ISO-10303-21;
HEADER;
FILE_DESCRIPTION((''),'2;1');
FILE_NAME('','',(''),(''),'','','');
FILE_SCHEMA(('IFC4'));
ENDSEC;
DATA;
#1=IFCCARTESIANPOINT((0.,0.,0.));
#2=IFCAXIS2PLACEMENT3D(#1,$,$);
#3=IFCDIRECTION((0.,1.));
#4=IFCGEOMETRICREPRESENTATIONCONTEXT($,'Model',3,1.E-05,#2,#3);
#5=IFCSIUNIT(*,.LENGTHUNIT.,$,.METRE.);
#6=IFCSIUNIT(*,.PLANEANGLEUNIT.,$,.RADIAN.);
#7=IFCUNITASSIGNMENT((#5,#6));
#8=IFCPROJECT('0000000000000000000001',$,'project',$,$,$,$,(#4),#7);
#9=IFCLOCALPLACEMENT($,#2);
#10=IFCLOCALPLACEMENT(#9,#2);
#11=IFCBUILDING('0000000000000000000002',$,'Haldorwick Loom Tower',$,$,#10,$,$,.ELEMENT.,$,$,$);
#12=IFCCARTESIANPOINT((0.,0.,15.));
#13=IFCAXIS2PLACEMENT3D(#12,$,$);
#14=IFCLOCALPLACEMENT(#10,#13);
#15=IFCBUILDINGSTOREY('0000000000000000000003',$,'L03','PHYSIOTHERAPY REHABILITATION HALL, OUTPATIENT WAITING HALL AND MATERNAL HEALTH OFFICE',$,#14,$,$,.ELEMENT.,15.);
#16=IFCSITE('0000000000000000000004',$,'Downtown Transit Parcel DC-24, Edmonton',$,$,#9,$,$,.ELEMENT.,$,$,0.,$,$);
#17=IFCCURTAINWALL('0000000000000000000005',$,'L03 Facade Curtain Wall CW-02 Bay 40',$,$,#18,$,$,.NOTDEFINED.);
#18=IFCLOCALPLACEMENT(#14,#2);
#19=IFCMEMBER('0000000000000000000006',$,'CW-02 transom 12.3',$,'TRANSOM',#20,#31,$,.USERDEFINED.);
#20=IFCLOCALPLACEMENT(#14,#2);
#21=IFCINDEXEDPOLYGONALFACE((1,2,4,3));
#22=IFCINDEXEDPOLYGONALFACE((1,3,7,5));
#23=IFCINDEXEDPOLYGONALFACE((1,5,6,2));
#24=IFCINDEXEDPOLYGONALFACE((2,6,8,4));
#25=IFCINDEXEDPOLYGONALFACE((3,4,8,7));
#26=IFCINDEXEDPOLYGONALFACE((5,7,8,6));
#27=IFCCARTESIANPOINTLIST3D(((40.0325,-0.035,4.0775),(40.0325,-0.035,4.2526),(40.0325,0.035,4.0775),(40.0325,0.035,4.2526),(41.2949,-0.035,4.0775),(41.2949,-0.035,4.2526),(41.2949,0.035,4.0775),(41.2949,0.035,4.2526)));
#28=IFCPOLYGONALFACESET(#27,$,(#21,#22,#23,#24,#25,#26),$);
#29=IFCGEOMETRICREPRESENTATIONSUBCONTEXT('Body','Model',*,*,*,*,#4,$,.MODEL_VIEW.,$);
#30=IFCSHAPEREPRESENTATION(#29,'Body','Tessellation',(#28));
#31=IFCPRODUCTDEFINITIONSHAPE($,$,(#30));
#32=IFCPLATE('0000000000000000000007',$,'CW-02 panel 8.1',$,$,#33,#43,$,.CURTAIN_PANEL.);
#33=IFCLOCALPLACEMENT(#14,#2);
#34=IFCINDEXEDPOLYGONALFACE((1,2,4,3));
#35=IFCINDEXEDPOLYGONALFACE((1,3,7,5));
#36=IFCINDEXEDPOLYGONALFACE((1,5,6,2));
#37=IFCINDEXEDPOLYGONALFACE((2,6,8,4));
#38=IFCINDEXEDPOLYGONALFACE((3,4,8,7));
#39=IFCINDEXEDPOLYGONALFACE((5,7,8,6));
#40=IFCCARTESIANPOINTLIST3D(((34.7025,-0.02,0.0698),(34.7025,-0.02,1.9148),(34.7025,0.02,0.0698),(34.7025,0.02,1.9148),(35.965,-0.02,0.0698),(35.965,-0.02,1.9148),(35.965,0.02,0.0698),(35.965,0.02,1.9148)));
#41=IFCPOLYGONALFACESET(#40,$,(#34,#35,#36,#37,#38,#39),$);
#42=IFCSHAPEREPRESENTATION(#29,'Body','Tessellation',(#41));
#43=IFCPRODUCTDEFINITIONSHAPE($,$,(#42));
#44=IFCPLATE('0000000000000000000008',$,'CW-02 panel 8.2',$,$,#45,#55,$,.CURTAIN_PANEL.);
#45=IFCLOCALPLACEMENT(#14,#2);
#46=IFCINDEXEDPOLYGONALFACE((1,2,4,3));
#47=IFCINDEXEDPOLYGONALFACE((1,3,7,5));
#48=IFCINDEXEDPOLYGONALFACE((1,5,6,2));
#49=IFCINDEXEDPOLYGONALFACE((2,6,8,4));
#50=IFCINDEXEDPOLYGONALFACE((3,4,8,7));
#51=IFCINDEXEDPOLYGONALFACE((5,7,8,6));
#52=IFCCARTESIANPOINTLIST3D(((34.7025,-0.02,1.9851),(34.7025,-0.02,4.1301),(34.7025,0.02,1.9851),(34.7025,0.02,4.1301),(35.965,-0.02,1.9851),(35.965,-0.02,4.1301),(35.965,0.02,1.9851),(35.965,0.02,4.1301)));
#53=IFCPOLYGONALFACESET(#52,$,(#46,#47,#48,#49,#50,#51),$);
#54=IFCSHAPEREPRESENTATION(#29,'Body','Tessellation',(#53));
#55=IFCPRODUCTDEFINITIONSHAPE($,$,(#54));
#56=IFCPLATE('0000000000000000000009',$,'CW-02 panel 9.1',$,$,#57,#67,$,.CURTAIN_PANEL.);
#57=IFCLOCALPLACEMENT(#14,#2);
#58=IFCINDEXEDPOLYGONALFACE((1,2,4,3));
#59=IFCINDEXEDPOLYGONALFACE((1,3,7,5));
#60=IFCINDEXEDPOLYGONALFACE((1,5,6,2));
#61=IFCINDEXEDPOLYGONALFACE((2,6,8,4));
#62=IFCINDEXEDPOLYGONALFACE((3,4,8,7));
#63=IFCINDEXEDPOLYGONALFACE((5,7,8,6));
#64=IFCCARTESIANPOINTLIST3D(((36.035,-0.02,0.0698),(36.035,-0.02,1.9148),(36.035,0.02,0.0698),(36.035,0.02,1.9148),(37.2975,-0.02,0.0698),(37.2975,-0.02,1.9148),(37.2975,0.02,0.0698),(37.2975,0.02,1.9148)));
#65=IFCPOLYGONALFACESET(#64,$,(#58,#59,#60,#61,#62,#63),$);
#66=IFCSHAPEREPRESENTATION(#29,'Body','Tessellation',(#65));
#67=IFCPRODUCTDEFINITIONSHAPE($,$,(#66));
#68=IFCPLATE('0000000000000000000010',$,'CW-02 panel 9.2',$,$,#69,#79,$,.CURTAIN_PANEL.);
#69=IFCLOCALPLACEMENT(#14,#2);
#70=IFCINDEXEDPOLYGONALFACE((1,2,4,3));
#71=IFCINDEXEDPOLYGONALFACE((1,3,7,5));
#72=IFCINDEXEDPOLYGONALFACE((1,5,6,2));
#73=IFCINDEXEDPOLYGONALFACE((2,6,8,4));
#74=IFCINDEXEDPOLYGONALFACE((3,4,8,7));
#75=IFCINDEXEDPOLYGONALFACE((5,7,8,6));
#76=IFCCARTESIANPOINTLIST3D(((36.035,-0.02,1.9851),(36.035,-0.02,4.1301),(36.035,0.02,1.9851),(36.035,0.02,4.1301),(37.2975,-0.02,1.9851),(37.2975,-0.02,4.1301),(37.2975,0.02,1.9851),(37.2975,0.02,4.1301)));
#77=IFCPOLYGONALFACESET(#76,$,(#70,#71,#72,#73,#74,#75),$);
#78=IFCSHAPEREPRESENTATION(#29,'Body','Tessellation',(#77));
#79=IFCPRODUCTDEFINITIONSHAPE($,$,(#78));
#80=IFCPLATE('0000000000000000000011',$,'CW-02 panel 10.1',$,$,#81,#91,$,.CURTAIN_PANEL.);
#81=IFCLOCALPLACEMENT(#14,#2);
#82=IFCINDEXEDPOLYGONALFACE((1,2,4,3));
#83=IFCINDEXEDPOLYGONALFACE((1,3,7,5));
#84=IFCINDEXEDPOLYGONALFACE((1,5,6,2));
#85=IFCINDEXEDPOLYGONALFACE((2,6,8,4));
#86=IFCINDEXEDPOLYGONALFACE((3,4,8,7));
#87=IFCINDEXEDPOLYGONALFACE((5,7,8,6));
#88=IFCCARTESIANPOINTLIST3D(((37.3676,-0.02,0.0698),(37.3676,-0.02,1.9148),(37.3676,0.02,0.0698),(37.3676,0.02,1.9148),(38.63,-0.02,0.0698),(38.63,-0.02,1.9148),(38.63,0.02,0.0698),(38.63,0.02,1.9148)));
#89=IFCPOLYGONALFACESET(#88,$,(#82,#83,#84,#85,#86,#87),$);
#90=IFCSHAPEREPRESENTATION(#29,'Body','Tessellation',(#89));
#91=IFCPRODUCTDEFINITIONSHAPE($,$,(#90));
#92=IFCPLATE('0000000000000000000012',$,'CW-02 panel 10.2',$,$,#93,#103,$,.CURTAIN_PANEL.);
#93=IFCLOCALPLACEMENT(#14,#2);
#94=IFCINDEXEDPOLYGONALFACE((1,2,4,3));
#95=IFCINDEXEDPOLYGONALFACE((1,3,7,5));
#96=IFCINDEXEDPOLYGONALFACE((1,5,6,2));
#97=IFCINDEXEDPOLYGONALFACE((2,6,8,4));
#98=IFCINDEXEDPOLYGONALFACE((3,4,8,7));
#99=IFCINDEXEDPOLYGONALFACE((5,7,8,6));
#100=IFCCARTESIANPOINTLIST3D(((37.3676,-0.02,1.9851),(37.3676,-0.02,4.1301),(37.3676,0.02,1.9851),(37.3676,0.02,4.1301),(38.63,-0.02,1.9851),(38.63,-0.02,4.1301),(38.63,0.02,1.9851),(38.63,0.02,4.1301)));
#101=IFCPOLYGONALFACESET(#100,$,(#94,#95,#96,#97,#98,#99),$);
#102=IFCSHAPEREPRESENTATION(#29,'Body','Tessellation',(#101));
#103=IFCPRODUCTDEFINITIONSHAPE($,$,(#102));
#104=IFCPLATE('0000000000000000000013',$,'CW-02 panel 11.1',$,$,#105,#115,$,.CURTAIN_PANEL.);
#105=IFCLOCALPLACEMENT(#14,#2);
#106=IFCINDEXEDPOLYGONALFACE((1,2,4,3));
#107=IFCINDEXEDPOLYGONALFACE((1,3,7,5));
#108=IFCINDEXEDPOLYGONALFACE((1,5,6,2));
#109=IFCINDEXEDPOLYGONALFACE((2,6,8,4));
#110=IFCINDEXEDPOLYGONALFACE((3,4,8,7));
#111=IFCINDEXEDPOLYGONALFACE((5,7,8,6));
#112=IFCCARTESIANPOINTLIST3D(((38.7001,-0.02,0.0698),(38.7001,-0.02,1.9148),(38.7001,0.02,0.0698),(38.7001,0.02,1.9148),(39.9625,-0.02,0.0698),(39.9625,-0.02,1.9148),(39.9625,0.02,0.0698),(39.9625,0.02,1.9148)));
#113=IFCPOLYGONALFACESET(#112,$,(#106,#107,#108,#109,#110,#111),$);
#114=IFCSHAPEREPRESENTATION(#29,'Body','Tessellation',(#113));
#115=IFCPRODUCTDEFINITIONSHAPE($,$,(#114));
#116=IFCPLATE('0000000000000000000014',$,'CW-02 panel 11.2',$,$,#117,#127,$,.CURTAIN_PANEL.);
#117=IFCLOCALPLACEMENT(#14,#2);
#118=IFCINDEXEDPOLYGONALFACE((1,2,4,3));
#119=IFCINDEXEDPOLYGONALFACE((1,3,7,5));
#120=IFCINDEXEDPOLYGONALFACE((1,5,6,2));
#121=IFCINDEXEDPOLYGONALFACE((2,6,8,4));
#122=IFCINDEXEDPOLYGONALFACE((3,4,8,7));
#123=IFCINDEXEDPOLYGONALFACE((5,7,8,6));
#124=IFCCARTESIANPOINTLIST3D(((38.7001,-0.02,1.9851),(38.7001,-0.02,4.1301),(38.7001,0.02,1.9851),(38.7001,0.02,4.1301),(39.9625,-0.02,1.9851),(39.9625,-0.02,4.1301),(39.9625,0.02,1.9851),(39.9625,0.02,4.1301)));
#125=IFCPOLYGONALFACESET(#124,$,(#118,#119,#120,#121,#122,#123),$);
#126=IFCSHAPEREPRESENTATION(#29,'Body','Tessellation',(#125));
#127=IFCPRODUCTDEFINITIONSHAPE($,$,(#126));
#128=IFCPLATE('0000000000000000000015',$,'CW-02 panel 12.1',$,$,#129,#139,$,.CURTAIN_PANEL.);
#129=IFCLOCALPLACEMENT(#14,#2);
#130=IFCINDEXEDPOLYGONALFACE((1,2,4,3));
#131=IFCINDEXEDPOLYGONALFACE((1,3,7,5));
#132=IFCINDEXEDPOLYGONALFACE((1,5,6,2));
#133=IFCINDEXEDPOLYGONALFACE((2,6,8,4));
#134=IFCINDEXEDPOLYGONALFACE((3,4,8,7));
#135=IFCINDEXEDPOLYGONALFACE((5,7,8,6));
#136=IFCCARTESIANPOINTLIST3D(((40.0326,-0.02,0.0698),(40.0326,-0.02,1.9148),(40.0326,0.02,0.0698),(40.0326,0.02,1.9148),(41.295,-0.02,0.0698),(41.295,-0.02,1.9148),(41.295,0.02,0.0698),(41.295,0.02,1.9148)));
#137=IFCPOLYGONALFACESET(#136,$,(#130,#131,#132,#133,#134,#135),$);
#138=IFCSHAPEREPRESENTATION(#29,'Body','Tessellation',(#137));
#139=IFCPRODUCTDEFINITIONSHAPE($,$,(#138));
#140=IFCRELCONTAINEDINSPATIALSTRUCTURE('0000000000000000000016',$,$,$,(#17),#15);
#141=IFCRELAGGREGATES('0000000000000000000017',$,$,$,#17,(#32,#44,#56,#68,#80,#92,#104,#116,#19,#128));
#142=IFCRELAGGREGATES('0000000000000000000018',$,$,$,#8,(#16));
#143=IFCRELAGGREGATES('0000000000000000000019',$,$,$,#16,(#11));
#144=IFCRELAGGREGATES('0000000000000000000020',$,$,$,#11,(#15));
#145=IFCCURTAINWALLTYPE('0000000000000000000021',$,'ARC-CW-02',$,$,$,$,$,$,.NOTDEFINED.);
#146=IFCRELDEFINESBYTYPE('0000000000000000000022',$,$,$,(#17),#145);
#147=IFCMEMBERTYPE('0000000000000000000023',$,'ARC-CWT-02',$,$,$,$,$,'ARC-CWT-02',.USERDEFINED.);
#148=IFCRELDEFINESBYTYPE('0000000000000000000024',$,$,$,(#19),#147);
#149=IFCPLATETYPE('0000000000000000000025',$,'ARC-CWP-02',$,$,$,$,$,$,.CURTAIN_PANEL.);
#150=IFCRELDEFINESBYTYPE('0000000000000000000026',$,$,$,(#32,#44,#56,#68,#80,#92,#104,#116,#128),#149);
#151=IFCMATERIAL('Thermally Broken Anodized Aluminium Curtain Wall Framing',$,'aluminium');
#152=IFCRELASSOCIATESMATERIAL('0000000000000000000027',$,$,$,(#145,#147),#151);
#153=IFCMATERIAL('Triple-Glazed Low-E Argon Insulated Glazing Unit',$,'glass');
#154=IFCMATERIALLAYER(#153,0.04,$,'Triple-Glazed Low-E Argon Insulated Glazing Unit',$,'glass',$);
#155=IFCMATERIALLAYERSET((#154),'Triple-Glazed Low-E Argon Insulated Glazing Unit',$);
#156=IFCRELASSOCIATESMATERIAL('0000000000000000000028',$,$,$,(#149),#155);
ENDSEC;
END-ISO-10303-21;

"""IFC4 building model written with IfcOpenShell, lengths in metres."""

from ifc_helpers import new_model, si_unit, direction, frame, origin, origin_2d, place, context, subcontext, project, spatial, rectangle, extrude, material, layer, layer_set, material_profile, profile_set, type_object, element, aggregate, save


model = new_model("IFC4")

# Units and contexts
model_context = context("Model", 3, precision=1e-05, world=origin(), true_north=direction((0.0, 1.0)))
body_context = subcontext(model_context, "Body", "Model", "MODEL_VIEW")
ifc_project = project(units=[si_unit("LENGTHUNIT", "METRE"), si_unit("PLANEANGLEUNIT", "RADIAN")], contexts=[model_context])

# Site, building, storey
site_placement = place(None, origin())
site = spatial("IfcSite", under=ifc_project, at=site_placement, Name="Downtown Transit Parcel DC-24, Edmonton", CompositionType="ELEMENT", RefElevation=0.0)
building_placement = place(site_placement, origin())
building = spatial("IfcBuilding", under=site, at=building_placement, Name="Haldorwick Loom Tower", CompositionType="ELEMENT")
storey_placement = place(building_placement, frame((0.0, 0.0, 15.0)))
storey = spatial("IfcBuildingStorey", under=building, at=storey_placement, Name="L03", Description="PHYSIOTHERAPY REHABILITATION HALL, OUTPATIENT WAITING HALL AND MATERNAL HEALTH OFFICE", CompositionType="ELEMENT", Elevation=15.0)

# Curtain wall, member, plates
ifc_material_1 = material(Name="Thermally Broken Anodized Aluminium Curtain Wall Framing", Category="aluminium")
curtain_wall_type = type_object("IfcCurtainWallType", Name="ARC-CW-02", PredefinedType="NOTDEFINED", material=ifc_material_1)
curtain_wall_placement = place(storey_placement, origin())
curtain_wall = element("IfcCurtainWall", 1, at=curtain_wall_placement, inside=storey, type_object=curtain_wall_type, Name="L03 Facade Curtain Wall CW-02 Bay 40", PredefinedType="NOTDEFINED")
ifc_material_profile_1 = material_profile(ifc_material_1, rectangle(XDim=0.0701, YDim=0.175, at=origin_2d()), Name="ALU_TRN_70X175", Category="aluminium")
ifc_profile_set_1 = profile_set([ifc_material_profile_1], Name="Thermally Broken Anodized Aluminium Curtain Wall Framing")
member_type_1 = type_object("IfcMemberType", Name="ARC-CWT-02", ElementType="ARC-CWT-02", PredefinedType="USERDEFINED", material=ifc_profile_set_1)
member_1_placement = place(storey_placement, frame((40.0325, 0.0, 4.165), z_axis=(1.0, 0.0, 0.0), x_axis=(0.0, 1.0, 0.0)))
member_1 = element("IfcMember", 2, at=member_1_placement, type_object=member_type_1, Name="CW-02 transom 12.3", ObjectType="TRANSOM", PredefinedType="USERDEFINED", context=body_context, shape_type="SweptSolid", body=[
    extrude(rectangle(XDim=0.0701, YDim=0.175, at=origin_2d()), origin(), (0.0, 0.0, 1.0), 1.2625),
])
ifc_material_2 = material(Name="Triple-Glazed Low-E Argon Insulated Glazing Unit", Category="glass")
ifc_layer = layer(ifc_material_2, 0.04, Name="Triple-Glazed Low-E Argon Insulated Glazing Unit", Category="glass")
ifc_layer_set = layer_set([ifc_layer], Name="Triple-Glazed Low-E Argon Insulated Glazing Unit")
plate_type = type_object("IfcPlateType", Name="ARC-CWP-02", PredefinedType="CURTAIN_PANEL", material=ifc_layer_set)
plate_1_placement = place(storey_placement, frame((35.3337, 0.0, 0.0698), z_axis=(0.0, 0.0, 1.0), x_axis=(1.0, 0.0, 0.0)))
plate_1 = element("IfcPlate", 3, at=plate_1_placement, type_object=plate_type, Name="CW-02 panel 8.1", PredefinedType="CURTAIN_PANEL", context=body_context, shape_type="SweptSolid", body=[
    extrude(rectangle(XDim=1.2625, YDim=0.04, at=origin_2d()), origin(), (0.0, 0.0, 1.0), 1.845),
])
plate_2_placement = place(storey_placement, frame((35.3337, 0.0, 1.9851), z_axis=(0.0, 0.0, 1.0), x_axis=(1.0, 0.0, 0.0)))
plate_2 = element("IfcPlate", 4, at=plate_2_placement, type_object=plate_type, Name="CW-02 panel 8.2", PredefinedType="CURTAIN_PANEL", context=body_context, shape_type="SweptSolid", body=[
    extrude(rectangle(XDim=1.2625, YDim=0.04, at=origin_2d()), origin(), (0.0, 0.0, 1.0), 2.145),
])
plate_3_placement = place(storey_placement, frame((36.6663, 0.0, 0.0698), z_axis=(0.0, 0.0, 1.0), x_axis=(1.0, 0.0, 0.0)))
plate_3 = element("IfcPlate", 5, at=plate_3_placement, type_object=plate_type, Name="CW-02 panel 9.1", PredefinedType="CURTAIN_PANEL", context=body_context, shape_type="SweptSolid", body=[
    extrude(rectangle(XDim=1.2625, YDim=0.04, at=origin_2d()), origin(), (0.0, 0.0, 1.0), 1.845),
])
plate_4_placement = place(storey_placement, frame((36.6663, 0.0, 1.9851), z_axis=(0.0, 0.0, 1.0), x_axis=(1.0, 0.0, 0.0)))
plate_4 = element("IfcPlate", 6, at=plate_4_placement, type_object=plate_type, Name="CW-02 panel 9.2", PredefinedType="CURTAIN_PANEL", context=body_context, shape_type="SweptSolid", body=[
    extrude(rectangle(XDim=1.2625, YDim=0.04, at=origin_2d()), origin(), (0.0, 0.0, 1.0), 2.145),
])
plate_5_placement = place(storey_placement, frame((37.9988, 0.0, 0.0698), z_axis=(0.0, 0.0, 1.0), x_axis=(1.0, 0.0, 0.0)))
plate_5 = element("IfcPlate", 7, at=plate_5_placement, type_object=plate_type, Name="CW-02 panel 10.1", PredefinedType="CURTAIN_PANEL", context=body_context, shape_type="SweptSolid", body=[
    extrude(rectangle(XDim=1.2625, YDim=0.04, at=origin_2d()), origin(), (0.0, 0.0, 1.0), 1.845),
])
plate_6_placement = place(storey_placement, frame((37.9988, 0.0, 1.9851), z_axis=(0.0, 0.0, 1.0), x_axis=(1.0, 0.0, 0.0)))
plate_6 = element("IfcPlate", 8, at=plate_6_placement, type_object=plate_type, Name="CW-02 panel 10.2", PredefinedType="CURTAIN_PANEL", context=body_context, shape_type="SweptSolid", body=[
    extrude(rectangle(XDim=1.2625, YDim=0.04, at=origin_2d()), origin(), (0.0, 0.0, 1.0), 2.145),
])
plate_7_placement = place(storey_placement, frame((39.3313, 0.0, 0.0698), z_axis=(0.0, 0.0, 1.0), x_axis=(1.0, 0.0, 0.0)))
plate_7 = element("IfcPlate", 9, at=plate_7_placement, type_object=plate_type, Name="CW-02 panel 11.1", PredefinedType="CURTAIN_PANEL", context=body_context, shape_type="SweptSolid", body=[
    extrude(rectangle(XDim=1.2625, YDim=0.04, at=origin_2d()), origin(), (0.0, 0.0, 1.0), 1.845),
])
plate_8_placement = place(storey_placement, frame((39.3313, 0.0, 1.9851), z_axis=(0.0, 0.0, 1.0), x_axis=(1.0, 0.0, 0.0)))
plate_8 = element("IfcPlate", 10, at=plate_8_placement, type_object=plate_type, Name="CW-02 panel 11.2", PredefinedType="CURTAIN_PANEL", context=body_context, shape_type="SweptSolid", body=[
    extrude(rectangle(XDim=1.2625, YDim=0.04, at=origin_2d()), origin(), (0.0, 0.0, 1.0), 2.145),
])
plate_9_placement = place(storey_placement, frame((40.6638, 0.0, 0.0698), z_axis=(0.0, 0.0, 1.0), x_axis=(1.0, 0.0, 0.0)))
plate_9 = element("IfcPlate", 11, at=plate_9_placement, type_object=plate_type, Name="CW-02 panel 12.1", PredefinedType="CURTAIN_PANEL", context=body_context, shape_type="SweptSolid", body=[
    extrude(rectangle(XDim=1.2625, YDim=0.04, at=origin_2d()), origin(), (0.0, 0.0, 1.0), 1.845),
])
aggregate(curtain_wall, [plate_1, plate_2, plate_3, plate_4, plate_5, plate_6, plate_7, plate_8, member_1, plate_9])

save(model, "model.ifc")
